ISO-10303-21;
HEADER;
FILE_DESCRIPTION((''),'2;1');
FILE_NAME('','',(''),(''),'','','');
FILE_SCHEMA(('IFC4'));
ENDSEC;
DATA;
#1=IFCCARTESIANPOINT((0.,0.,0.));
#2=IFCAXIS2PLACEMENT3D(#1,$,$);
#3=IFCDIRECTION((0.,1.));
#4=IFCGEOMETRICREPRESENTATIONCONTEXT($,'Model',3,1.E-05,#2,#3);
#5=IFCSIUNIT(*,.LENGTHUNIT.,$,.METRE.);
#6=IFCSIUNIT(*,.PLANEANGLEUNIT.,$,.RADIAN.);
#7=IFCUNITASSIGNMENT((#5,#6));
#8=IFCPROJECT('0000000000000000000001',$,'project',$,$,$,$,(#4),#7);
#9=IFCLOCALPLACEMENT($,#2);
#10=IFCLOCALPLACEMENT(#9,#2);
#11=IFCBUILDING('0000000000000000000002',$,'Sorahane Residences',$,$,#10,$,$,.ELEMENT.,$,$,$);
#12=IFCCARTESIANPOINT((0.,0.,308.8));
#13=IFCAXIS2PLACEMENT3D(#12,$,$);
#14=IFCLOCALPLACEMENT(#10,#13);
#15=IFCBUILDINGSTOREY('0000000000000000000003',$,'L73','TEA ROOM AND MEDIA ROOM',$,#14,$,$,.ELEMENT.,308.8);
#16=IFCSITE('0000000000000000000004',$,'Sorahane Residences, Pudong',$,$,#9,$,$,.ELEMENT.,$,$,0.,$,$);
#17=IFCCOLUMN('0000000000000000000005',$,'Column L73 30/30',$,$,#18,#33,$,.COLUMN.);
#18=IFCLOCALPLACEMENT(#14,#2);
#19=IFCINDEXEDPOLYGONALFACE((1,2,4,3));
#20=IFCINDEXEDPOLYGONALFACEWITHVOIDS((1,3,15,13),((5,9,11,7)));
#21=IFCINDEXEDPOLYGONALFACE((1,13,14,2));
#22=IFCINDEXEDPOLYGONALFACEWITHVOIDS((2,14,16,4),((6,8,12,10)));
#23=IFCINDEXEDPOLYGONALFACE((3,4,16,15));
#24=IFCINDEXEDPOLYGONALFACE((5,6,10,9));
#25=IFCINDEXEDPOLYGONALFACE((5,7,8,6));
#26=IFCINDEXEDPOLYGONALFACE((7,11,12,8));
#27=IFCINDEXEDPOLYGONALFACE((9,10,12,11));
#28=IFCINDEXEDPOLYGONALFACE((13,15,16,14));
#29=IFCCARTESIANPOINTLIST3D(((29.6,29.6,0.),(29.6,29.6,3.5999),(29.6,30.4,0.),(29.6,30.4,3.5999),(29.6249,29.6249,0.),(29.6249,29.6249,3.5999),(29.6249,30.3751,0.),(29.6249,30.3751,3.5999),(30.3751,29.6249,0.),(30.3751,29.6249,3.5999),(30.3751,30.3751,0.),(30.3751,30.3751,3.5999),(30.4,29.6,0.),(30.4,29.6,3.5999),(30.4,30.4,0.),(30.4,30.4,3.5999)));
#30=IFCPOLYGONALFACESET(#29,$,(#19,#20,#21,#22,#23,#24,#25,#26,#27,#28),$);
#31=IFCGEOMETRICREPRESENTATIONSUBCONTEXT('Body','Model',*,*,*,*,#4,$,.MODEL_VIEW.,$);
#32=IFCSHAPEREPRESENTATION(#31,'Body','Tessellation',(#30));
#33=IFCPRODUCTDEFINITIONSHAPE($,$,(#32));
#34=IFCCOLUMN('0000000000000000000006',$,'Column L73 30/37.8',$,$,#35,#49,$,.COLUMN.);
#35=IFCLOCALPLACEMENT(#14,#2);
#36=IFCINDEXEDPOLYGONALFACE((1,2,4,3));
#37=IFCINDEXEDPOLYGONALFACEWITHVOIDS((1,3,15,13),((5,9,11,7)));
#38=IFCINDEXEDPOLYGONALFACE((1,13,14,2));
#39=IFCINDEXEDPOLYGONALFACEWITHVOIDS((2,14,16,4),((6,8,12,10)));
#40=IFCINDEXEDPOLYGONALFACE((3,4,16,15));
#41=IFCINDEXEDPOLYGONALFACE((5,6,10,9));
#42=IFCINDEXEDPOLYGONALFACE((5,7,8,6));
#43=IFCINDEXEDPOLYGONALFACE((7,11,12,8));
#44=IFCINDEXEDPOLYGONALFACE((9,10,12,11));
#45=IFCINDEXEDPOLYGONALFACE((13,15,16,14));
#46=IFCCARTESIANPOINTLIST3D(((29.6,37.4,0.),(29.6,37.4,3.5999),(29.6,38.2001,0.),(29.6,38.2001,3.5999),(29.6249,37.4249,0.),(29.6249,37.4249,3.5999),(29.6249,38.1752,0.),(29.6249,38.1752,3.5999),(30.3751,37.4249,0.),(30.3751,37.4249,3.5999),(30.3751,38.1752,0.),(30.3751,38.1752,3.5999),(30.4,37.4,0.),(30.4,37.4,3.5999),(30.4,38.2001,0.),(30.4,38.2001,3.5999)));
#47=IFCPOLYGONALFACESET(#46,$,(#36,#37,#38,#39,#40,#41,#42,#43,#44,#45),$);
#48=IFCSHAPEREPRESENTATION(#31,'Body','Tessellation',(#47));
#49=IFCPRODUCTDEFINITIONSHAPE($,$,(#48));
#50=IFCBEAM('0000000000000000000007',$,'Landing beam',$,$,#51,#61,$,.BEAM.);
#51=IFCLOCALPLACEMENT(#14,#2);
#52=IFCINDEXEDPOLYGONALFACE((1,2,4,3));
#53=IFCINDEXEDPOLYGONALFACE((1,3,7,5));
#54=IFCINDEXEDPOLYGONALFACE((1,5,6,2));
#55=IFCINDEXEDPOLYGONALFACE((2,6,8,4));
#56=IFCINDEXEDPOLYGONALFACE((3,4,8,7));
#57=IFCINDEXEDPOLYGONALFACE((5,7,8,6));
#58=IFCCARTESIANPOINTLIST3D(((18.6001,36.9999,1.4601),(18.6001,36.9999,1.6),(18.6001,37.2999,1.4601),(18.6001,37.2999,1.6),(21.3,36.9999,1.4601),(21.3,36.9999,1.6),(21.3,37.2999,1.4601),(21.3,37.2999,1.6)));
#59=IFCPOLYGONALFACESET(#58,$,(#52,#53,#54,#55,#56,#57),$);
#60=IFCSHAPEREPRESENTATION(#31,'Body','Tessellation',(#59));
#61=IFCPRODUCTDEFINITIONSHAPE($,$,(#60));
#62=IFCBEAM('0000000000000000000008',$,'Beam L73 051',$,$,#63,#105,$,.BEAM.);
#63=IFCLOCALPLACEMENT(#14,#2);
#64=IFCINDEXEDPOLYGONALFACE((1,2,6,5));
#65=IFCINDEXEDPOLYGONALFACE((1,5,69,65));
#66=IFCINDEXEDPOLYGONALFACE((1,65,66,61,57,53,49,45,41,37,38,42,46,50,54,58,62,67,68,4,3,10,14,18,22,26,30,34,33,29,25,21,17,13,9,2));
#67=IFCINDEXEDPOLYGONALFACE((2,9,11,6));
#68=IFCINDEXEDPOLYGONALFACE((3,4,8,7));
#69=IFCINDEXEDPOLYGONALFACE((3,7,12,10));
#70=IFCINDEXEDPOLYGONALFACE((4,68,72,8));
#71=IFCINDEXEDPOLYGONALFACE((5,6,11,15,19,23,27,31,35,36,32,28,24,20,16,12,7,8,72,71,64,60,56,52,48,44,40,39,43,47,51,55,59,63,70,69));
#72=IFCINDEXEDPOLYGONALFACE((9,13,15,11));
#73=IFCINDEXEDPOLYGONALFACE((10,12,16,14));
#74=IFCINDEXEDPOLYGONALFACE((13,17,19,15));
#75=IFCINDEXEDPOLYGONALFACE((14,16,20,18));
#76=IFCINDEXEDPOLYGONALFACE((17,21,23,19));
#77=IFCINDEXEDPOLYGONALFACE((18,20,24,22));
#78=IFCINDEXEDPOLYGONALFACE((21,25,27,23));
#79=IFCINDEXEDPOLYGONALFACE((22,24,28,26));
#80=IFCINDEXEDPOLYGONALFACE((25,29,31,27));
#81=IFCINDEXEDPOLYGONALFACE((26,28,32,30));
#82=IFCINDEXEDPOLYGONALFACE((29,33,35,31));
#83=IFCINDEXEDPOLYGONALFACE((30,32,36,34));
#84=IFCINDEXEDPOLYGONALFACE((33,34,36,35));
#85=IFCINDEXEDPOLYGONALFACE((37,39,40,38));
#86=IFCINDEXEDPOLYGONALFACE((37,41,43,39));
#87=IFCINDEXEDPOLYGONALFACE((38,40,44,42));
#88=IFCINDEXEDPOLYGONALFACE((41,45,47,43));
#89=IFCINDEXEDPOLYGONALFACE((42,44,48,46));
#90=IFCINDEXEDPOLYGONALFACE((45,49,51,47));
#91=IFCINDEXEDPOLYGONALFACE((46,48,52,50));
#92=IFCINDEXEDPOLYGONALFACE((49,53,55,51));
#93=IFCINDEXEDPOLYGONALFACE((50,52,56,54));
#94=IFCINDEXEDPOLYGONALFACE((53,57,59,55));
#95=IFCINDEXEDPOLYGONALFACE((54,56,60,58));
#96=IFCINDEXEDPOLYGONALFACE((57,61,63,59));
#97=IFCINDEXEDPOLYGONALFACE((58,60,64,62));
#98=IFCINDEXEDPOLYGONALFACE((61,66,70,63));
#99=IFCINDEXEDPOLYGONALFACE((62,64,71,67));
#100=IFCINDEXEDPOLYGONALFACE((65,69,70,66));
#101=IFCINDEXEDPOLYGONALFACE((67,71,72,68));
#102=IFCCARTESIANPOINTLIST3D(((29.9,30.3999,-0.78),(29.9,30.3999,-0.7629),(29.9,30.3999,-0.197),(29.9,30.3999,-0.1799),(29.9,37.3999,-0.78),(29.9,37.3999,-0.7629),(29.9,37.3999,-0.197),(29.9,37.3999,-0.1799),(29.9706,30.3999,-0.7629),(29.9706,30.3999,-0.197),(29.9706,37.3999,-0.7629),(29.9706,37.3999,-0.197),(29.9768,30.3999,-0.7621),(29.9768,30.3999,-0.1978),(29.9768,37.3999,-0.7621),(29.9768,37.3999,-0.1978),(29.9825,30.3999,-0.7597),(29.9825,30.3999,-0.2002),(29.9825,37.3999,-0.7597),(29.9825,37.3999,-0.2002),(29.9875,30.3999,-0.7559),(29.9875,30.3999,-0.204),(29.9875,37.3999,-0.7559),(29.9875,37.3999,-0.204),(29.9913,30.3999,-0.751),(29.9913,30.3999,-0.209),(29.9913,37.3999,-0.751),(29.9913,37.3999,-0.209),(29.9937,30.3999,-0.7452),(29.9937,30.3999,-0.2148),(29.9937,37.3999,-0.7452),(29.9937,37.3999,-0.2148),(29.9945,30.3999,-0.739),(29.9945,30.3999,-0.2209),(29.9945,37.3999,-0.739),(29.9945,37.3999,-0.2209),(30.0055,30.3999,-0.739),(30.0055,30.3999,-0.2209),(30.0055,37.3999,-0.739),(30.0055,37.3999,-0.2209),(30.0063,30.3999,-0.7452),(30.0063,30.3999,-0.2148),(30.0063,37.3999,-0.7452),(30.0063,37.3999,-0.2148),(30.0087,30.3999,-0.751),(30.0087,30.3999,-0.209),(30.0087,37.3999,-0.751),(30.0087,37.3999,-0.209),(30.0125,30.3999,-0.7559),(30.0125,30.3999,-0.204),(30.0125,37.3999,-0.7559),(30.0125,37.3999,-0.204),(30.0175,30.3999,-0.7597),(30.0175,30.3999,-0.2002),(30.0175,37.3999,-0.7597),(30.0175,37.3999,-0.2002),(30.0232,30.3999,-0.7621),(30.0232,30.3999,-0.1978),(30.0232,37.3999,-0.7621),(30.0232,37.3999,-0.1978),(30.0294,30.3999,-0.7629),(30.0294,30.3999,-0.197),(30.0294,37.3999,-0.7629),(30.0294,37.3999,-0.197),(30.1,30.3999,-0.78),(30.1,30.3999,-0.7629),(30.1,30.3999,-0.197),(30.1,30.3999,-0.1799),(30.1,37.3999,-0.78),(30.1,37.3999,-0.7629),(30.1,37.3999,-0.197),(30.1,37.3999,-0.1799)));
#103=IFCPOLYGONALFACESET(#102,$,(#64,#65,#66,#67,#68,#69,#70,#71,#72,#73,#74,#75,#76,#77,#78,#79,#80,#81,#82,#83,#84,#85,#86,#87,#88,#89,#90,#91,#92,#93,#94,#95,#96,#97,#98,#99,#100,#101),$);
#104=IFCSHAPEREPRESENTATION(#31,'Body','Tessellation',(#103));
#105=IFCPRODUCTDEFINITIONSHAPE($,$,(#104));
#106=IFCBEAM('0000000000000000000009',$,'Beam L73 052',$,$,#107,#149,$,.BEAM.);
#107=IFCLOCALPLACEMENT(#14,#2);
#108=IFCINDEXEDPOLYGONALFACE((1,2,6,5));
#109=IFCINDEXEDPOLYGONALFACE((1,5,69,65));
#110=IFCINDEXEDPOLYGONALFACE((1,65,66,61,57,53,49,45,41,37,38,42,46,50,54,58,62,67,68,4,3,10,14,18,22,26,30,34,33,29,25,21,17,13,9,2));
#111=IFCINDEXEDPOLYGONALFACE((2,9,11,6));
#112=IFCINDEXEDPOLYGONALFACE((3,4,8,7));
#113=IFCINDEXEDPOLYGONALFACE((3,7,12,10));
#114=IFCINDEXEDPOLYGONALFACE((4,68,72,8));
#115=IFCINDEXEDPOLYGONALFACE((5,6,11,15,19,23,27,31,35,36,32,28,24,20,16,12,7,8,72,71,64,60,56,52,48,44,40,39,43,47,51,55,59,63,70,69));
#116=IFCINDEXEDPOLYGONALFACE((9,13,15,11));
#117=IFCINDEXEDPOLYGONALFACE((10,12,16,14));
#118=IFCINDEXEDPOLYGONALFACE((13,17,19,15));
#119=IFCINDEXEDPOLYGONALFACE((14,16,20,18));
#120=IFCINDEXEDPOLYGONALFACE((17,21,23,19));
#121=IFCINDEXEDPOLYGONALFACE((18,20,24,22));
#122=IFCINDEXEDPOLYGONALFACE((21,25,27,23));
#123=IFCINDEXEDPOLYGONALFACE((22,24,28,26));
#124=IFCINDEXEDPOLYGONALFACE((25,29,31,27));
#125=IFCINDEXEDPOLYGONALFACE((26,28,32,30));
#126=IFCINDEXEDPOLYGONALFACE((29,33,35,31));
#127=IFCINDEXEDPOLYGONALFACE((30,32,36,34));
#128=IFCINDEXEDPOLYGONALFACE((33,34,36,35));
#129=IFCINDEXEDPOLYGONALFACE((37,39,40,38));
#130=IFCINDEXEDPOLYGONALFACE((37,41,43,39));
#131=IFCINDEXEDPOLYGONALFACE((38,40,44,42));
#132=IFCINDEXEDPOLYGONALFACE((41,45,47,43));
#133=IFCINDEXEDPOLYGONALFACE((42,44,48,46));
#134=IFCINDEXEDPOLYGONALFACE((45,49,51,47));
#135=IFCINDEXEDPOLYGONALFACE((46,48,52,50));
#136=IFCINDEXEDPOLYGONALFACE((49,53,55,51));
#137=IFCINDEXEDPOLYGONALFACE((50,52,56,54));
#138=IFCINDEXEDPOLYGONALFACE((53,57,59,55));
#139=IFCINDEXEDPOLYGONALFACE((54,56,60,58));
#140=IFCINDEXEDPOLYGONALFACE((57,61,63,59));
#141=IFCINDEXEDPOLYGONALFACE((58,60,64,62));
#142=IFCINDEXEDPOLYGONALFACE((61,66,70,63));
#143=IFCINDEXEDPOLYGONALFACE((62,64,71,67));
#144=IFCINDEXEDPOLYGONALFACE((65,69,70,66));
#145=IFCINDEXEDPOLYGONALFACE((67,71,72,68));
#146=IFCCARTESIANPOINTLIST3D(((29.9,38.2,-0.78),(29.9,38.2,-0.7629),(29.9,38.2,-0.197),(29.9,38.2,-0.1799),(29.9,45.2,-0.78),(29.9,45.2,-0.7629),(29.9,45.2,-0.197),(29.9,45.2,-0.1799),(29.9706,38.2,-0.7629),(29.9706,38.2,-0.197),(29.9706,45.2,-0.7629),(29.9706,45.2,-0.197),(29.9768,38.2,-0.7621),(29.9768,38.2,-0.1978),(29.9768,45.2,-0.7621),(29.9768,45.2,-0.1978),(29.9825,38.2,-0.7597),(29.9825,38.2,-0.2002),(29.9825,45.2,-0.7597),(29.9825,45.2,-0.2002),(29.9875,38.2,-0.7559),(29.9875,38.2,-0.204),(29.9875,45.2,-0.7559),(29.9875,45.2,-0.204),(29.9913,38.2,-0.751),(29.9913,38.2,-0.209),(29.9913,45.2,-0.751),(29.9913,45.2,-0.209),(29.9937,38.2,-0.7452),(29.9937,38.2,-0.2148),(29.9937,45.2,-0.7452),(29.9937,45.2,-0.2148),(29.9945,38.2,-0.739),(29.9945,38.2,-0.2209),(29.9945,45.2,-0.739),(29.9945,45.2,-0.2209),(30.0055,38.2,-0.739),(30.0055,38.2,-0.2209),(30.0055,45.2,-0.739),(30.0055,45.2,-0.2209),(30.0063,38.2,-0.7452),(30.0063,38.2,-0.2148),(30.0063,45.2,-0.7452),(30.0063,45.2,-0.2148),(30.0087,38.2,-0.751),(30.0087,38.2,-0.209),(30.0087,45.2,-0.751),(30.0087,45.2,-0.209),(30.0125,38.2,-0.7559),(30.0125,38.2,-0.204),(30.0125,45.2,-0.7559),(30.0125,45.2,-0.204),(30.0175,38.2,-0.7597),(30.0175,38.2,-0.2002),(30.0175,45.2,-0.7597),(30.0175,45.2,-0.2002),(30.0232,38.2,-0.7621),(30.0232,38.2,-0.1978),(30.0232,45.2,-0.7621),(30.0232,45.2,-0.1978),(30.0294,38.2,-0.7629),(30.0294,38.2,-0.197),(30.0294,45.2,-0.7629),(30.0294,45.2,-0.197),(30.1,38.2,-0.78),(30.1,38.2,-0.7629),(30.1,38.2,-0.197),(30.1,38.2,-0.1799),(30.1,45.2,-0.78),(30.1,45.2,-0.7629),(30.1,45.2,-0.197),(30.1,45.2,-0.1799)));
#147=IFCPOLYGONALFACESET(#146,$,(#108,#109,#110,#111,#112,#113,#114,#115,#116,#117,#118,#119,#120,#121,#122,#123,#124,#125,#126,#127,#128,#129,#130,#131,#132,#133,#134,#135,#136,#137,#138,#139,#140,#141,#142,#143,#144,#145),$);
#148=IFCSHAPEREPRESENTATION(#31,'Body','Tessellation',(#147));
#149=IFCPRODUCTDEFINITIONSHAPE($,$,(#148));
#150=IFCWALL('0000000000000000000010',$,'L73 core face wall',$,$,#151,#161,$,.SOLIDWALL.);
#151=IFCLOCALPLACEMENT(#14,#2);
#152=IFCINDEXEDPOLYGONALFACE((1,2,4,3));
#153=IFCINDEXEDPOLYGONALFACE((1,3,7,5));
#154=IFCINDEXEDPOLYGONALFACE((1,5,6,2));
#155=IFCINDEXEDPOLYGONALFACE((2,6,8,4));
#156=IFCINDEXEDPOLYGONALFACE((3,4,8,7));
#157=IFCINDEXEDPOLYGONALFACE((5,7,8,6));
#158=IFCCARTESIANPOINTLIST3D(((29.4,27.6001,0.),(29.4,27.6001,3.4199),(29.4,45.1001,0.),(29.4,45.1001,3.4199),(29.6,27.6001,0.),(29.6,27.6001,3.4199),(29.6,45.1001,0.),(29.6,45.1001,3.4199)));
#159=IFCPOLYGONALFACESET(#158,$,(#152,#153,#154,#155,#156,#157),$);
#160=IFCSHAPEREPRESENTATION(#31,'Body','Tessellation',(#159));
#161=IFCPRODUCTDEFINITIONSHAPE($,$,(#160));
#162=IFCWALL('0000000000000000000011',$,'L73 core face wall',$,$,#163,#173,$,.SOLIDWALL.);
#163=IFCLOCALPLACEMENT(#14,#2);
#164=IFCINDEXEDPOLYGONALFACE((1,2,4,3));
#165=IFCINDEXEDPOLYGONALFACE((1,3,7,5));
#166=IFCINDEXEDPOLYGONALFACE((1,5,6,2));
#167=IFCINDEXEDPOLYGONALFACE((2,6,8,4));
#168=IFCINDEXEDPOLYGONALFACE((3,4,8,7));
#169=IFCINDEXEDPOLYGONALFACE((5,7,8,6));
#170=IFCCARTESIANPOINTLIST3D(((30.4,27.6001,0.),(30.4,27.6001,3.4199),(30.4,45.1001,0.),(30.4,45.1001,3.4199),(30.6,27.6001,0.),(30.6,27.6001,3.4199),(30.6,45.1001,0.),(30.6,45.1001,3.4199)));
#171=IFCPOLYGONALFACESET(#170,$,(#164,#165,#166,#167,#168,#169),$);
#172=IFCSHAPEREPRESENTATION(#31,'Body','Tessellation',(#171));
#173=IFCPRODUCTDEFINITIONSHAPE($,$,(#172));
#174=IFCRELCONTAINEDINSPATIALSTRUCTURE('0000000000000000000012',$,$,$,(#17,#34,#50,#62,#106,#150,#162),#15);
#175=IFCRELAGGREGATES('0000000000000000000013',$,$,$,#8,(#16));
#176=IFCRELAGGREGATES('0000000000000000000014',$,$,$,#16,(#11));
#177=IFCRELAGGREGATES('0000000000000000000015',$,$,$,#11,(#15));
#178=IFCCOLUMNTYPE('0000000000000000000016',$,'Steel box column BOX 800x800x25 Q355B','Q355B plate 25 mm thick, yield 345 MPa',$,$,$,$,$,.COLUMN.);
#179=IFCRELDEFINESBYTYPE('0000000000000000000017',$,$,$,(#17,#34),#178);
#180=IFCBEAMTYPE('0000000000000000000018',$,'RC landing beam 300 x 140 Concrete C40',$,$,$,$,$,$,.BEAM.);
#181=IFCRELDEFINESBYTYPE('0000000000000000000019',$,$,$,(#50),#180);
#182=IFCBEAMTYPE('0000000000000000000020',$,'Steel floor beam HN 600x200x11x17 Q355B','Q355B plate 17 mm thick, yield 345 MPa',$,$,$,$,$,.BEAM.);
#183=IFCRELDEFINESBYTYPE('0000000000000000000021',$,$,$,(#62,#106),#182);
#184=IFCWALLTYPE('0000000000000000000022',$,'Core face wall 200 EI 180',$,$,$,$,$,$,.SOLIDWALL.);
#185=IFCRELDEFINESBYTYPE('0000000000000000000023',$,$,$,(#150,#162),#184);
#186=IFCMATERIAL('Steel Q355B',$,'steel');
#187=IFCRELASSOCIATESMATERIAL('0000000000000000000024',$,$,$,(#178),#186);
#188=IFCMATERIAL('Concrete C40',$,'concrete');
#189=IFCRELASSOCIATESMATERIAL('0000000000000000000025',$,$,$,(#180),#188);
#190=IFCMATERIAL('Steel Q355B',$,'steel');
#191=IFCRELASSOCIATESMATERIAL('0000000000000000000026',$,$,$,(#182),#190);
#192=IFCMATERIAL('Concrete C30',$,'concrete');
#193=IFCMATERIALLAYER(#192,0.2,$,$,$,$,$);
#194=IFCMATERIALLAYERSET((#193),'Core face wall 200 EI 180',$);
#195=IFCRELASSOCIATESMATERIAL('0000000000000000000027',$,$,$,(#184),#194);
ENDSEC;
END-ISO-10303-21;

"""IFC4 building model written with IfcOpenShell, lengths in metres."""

from ifc_helpers import new_model, si_unit, direction, frame, frame_2d, origin, origin_2d, place, context, subcontext, project, spatial, rectangle, hollow_rectangle, i_section, extrude, material, layer, layer_set, material_profile, profile_set, type_object, element, save


model = new_model("IFC4")

# Units and contexts
model_context = context("Model", 3, precision=1e-05, world=origin(), true_north=direction((0.0, 1.0)))
body_context = subcontext(model_context, "Body", "Model", "MODEL_VIEW")
ifc_project = project(units=[si_unit("LENGTHUNIT", "METRE"), si_unit("PLANEANGLEUNIT", "RADIAN")], contexts=[model_context])

# Site, building, storey
site_placement = place(None, origin())
site = spatial("IfcSite", under=ifc_project, at=site_placement, Name="Sorahane Residences, Pudong", CompositionType="ELEMENT", RefElevation=0.0)
building_placement = place(site_placement, origin())
building = spatial("IfcBuilding", under=site, at=building_placement, Name="Sorahane Residences", CompositionType="ELEMENT")
storey_placement = place(building_placement, frame((0.0, 0.0, 308.8)))
storey = spatial("IfcBuildingStorey", under=building, at=storey_placement, Name="L73", Description="TEA ROOM AND MEDIA ROOM", CompositionType="ELEMENT", Elevation=308.8)

# Columns
ifc_material_1 = material(Name="Steel Q355B", Category="steel")
ifc_material_profile_1 = material_profile(ifc_material_1, hollow_rectangle(XDim=0.8, YDim=0.8, WallThickness=0.0249, at=origin_2d()), Name="BOX 800x800x25")
ifc_profile_set_1 = profile_set([ifc_material_profile_1], Name="Steel Q355B")
column_type = type_object("IfcColumnType", Name="Steel box column BOX 800x800x25 Q355B", Description="Q355B plate 25 mm thick, yield 345 MPa", PredefinedType="COLUMN", material=ifc_profile_set_1)
for number, where, z_axis, x_axis, name in (
    (1, (30.0, 30.0, 0.0), (0.0, 0.0, 1.0), (1.0, 0.0, 0.0), "Column L73 30/30"),
    (2, (30.0, 37.8, 0.0), (0.0, 0.0, 1.0), (1.0, 0.0, 0.0), "Column L73 30/37.8"),
):
    element("IfcColumn", number, at=place(storey_placement, frame(where, z_axis=z_axis, x_axis=x_axis)), inside=storey, type_object=column_type, Name=name, PredefinedType="COLUMN", context=body_context, shape_type="SweptSolid", body=[
        extrude(hollow_rectangle(XDim=0.8, YDim=0.8, WallThickness=0.0249, at=origin_2d()), origin(), (0.0, 0.0, 1.0), 3.5999),
    ])

# Beams
ifc_material_2 = material(Name="Concrete C40", Category="concrete")
ifc_material_profile_2 = material_profile(ifc_material_2, rectangle(XDim=0.3, YDim=0.1399, at=origin_2d()), Name="300x140")
ifc_profile_set_2 = profile_set([ifc_material_profile_2], Name="Concrete C40")
beam_type_1 = type_object("IfcBeamType", Name="RC landing beam 300 x 140 Concrete C40", PredefinedType="BEAM", material=ifc_profile_set_2)
beam_placement = place(storey_placement, frame((18.6001, 37.1499, 1.53), z_axis=(1.0, 0.0, 0.0), x_axis=(0.0, 1.0, 0.0)))
element("IfcBeam", 3, at=beam_placement, inside=storey, type_object=beam_type_1, Name="Landing beam", PredefinedType="BEAM", context=body_context, shape_type="SweptSolid", body=[
    extrude(rectangle(XDim=0.3, YDim=0.1399, at=origin_2d()), origin(), (0.0, 0.0, 1.0), 2.7),
])
ifc_material_3 = material(Name="Steel Q355B", Category="steel")
ifc_material_profile_3 = material_profile(ifc_material_3, i_section(OverallWidth=0.2, OverallDepth=0.6001, WebThickness=0.011, FlangeThickness=0.0171, FilletRadius=0.0239, at=origin_2d()), Name="HN 600x200x11x17")
ifc_profile_set_3 = profile_set([ifc_material_profile_3], Name="Steel Q355B")
beam_type_2 = type_object("IfcBeamType", Name="Steel floor beam HN 600x200x11x17 Q355B", Description="Q355B plate 17 mm thick, yield 345 MPa", PredefinedType="BEAM", material=ifc_profile_set_3)
for number, where, z_axis, x_axis, name in (
    (4, (30.0, 30.3999, -0.48), (0.0, 1.0, 0.0), (-1.0, 0.0, 0.0), "Beam L73 051"),
    (5, (30.0, 38.2, -0.48), (0.0, 1.0, 0.0), (-1.0, 0.0, 0.0), "Beam L73 052"),
):
    element("IfcBeam", number, at=place(storey_placement, frame(where, z_axis=z_axis, x_axis=x_axis)), inside=storey, type_object=beam_type_2, Name=name, PredefinedType="BEAM", context=body_context, shape_type="SweptSolid", body=[
        extrude(i_section(OverallWidth=0.2, OverallDepth=0.6001, WebThickness=0.011, FlangeThickness=0.0171, FilletRadius=0.0239, at=origin_2d()), origin(), (0.0, 0.0, 1.0), 7.0),
    ])

# Walls
ifc_material_4 = material(Name="Concrete C30", Category="concrete")
ifc_layer_1 = layer(ifc_material_4, 0.2)
ifc_layer_set_1 = layer_set([ifc_layer_1], Name="Core face wall 200 EI 180")
wall_type_1 = type_object("IfcWallType", Name="Core face wall 200 EI 180", PredefinedType="SOLIDWALL", material=ifc_layer_set_1)
for number, where, z_axis, x_axis, name in (
    (6, (29.5, 27.6001, 0.0), (0.0, 0.0, 1.0), (0.0, 1.0, 0.0), "L73 core face wall"),
    (7, (30.5, 27.6001, 0.0), (0.0, 0.0, 1.0), (0.0, 1.0, 0.0), "L73 core face wall"),
):
    element("IfcWall", number, at=place(storey_placement, frame(where, z_axis=z_axis, x_axis=x_axis)), inside=storey, type_object=wall_type_1, Name=name, PredefinedType="SOLIDWALL", context=body_context, shape_type="SweptSolid", body=[
        extrude(rectangle(XDim=17.5, YDim=0.2, at=frame_2d((8.75, 0.0))), origin(), (0.0, 0.0, 1.0), 3.4199),
    ])

save(model, "model.ifc")
